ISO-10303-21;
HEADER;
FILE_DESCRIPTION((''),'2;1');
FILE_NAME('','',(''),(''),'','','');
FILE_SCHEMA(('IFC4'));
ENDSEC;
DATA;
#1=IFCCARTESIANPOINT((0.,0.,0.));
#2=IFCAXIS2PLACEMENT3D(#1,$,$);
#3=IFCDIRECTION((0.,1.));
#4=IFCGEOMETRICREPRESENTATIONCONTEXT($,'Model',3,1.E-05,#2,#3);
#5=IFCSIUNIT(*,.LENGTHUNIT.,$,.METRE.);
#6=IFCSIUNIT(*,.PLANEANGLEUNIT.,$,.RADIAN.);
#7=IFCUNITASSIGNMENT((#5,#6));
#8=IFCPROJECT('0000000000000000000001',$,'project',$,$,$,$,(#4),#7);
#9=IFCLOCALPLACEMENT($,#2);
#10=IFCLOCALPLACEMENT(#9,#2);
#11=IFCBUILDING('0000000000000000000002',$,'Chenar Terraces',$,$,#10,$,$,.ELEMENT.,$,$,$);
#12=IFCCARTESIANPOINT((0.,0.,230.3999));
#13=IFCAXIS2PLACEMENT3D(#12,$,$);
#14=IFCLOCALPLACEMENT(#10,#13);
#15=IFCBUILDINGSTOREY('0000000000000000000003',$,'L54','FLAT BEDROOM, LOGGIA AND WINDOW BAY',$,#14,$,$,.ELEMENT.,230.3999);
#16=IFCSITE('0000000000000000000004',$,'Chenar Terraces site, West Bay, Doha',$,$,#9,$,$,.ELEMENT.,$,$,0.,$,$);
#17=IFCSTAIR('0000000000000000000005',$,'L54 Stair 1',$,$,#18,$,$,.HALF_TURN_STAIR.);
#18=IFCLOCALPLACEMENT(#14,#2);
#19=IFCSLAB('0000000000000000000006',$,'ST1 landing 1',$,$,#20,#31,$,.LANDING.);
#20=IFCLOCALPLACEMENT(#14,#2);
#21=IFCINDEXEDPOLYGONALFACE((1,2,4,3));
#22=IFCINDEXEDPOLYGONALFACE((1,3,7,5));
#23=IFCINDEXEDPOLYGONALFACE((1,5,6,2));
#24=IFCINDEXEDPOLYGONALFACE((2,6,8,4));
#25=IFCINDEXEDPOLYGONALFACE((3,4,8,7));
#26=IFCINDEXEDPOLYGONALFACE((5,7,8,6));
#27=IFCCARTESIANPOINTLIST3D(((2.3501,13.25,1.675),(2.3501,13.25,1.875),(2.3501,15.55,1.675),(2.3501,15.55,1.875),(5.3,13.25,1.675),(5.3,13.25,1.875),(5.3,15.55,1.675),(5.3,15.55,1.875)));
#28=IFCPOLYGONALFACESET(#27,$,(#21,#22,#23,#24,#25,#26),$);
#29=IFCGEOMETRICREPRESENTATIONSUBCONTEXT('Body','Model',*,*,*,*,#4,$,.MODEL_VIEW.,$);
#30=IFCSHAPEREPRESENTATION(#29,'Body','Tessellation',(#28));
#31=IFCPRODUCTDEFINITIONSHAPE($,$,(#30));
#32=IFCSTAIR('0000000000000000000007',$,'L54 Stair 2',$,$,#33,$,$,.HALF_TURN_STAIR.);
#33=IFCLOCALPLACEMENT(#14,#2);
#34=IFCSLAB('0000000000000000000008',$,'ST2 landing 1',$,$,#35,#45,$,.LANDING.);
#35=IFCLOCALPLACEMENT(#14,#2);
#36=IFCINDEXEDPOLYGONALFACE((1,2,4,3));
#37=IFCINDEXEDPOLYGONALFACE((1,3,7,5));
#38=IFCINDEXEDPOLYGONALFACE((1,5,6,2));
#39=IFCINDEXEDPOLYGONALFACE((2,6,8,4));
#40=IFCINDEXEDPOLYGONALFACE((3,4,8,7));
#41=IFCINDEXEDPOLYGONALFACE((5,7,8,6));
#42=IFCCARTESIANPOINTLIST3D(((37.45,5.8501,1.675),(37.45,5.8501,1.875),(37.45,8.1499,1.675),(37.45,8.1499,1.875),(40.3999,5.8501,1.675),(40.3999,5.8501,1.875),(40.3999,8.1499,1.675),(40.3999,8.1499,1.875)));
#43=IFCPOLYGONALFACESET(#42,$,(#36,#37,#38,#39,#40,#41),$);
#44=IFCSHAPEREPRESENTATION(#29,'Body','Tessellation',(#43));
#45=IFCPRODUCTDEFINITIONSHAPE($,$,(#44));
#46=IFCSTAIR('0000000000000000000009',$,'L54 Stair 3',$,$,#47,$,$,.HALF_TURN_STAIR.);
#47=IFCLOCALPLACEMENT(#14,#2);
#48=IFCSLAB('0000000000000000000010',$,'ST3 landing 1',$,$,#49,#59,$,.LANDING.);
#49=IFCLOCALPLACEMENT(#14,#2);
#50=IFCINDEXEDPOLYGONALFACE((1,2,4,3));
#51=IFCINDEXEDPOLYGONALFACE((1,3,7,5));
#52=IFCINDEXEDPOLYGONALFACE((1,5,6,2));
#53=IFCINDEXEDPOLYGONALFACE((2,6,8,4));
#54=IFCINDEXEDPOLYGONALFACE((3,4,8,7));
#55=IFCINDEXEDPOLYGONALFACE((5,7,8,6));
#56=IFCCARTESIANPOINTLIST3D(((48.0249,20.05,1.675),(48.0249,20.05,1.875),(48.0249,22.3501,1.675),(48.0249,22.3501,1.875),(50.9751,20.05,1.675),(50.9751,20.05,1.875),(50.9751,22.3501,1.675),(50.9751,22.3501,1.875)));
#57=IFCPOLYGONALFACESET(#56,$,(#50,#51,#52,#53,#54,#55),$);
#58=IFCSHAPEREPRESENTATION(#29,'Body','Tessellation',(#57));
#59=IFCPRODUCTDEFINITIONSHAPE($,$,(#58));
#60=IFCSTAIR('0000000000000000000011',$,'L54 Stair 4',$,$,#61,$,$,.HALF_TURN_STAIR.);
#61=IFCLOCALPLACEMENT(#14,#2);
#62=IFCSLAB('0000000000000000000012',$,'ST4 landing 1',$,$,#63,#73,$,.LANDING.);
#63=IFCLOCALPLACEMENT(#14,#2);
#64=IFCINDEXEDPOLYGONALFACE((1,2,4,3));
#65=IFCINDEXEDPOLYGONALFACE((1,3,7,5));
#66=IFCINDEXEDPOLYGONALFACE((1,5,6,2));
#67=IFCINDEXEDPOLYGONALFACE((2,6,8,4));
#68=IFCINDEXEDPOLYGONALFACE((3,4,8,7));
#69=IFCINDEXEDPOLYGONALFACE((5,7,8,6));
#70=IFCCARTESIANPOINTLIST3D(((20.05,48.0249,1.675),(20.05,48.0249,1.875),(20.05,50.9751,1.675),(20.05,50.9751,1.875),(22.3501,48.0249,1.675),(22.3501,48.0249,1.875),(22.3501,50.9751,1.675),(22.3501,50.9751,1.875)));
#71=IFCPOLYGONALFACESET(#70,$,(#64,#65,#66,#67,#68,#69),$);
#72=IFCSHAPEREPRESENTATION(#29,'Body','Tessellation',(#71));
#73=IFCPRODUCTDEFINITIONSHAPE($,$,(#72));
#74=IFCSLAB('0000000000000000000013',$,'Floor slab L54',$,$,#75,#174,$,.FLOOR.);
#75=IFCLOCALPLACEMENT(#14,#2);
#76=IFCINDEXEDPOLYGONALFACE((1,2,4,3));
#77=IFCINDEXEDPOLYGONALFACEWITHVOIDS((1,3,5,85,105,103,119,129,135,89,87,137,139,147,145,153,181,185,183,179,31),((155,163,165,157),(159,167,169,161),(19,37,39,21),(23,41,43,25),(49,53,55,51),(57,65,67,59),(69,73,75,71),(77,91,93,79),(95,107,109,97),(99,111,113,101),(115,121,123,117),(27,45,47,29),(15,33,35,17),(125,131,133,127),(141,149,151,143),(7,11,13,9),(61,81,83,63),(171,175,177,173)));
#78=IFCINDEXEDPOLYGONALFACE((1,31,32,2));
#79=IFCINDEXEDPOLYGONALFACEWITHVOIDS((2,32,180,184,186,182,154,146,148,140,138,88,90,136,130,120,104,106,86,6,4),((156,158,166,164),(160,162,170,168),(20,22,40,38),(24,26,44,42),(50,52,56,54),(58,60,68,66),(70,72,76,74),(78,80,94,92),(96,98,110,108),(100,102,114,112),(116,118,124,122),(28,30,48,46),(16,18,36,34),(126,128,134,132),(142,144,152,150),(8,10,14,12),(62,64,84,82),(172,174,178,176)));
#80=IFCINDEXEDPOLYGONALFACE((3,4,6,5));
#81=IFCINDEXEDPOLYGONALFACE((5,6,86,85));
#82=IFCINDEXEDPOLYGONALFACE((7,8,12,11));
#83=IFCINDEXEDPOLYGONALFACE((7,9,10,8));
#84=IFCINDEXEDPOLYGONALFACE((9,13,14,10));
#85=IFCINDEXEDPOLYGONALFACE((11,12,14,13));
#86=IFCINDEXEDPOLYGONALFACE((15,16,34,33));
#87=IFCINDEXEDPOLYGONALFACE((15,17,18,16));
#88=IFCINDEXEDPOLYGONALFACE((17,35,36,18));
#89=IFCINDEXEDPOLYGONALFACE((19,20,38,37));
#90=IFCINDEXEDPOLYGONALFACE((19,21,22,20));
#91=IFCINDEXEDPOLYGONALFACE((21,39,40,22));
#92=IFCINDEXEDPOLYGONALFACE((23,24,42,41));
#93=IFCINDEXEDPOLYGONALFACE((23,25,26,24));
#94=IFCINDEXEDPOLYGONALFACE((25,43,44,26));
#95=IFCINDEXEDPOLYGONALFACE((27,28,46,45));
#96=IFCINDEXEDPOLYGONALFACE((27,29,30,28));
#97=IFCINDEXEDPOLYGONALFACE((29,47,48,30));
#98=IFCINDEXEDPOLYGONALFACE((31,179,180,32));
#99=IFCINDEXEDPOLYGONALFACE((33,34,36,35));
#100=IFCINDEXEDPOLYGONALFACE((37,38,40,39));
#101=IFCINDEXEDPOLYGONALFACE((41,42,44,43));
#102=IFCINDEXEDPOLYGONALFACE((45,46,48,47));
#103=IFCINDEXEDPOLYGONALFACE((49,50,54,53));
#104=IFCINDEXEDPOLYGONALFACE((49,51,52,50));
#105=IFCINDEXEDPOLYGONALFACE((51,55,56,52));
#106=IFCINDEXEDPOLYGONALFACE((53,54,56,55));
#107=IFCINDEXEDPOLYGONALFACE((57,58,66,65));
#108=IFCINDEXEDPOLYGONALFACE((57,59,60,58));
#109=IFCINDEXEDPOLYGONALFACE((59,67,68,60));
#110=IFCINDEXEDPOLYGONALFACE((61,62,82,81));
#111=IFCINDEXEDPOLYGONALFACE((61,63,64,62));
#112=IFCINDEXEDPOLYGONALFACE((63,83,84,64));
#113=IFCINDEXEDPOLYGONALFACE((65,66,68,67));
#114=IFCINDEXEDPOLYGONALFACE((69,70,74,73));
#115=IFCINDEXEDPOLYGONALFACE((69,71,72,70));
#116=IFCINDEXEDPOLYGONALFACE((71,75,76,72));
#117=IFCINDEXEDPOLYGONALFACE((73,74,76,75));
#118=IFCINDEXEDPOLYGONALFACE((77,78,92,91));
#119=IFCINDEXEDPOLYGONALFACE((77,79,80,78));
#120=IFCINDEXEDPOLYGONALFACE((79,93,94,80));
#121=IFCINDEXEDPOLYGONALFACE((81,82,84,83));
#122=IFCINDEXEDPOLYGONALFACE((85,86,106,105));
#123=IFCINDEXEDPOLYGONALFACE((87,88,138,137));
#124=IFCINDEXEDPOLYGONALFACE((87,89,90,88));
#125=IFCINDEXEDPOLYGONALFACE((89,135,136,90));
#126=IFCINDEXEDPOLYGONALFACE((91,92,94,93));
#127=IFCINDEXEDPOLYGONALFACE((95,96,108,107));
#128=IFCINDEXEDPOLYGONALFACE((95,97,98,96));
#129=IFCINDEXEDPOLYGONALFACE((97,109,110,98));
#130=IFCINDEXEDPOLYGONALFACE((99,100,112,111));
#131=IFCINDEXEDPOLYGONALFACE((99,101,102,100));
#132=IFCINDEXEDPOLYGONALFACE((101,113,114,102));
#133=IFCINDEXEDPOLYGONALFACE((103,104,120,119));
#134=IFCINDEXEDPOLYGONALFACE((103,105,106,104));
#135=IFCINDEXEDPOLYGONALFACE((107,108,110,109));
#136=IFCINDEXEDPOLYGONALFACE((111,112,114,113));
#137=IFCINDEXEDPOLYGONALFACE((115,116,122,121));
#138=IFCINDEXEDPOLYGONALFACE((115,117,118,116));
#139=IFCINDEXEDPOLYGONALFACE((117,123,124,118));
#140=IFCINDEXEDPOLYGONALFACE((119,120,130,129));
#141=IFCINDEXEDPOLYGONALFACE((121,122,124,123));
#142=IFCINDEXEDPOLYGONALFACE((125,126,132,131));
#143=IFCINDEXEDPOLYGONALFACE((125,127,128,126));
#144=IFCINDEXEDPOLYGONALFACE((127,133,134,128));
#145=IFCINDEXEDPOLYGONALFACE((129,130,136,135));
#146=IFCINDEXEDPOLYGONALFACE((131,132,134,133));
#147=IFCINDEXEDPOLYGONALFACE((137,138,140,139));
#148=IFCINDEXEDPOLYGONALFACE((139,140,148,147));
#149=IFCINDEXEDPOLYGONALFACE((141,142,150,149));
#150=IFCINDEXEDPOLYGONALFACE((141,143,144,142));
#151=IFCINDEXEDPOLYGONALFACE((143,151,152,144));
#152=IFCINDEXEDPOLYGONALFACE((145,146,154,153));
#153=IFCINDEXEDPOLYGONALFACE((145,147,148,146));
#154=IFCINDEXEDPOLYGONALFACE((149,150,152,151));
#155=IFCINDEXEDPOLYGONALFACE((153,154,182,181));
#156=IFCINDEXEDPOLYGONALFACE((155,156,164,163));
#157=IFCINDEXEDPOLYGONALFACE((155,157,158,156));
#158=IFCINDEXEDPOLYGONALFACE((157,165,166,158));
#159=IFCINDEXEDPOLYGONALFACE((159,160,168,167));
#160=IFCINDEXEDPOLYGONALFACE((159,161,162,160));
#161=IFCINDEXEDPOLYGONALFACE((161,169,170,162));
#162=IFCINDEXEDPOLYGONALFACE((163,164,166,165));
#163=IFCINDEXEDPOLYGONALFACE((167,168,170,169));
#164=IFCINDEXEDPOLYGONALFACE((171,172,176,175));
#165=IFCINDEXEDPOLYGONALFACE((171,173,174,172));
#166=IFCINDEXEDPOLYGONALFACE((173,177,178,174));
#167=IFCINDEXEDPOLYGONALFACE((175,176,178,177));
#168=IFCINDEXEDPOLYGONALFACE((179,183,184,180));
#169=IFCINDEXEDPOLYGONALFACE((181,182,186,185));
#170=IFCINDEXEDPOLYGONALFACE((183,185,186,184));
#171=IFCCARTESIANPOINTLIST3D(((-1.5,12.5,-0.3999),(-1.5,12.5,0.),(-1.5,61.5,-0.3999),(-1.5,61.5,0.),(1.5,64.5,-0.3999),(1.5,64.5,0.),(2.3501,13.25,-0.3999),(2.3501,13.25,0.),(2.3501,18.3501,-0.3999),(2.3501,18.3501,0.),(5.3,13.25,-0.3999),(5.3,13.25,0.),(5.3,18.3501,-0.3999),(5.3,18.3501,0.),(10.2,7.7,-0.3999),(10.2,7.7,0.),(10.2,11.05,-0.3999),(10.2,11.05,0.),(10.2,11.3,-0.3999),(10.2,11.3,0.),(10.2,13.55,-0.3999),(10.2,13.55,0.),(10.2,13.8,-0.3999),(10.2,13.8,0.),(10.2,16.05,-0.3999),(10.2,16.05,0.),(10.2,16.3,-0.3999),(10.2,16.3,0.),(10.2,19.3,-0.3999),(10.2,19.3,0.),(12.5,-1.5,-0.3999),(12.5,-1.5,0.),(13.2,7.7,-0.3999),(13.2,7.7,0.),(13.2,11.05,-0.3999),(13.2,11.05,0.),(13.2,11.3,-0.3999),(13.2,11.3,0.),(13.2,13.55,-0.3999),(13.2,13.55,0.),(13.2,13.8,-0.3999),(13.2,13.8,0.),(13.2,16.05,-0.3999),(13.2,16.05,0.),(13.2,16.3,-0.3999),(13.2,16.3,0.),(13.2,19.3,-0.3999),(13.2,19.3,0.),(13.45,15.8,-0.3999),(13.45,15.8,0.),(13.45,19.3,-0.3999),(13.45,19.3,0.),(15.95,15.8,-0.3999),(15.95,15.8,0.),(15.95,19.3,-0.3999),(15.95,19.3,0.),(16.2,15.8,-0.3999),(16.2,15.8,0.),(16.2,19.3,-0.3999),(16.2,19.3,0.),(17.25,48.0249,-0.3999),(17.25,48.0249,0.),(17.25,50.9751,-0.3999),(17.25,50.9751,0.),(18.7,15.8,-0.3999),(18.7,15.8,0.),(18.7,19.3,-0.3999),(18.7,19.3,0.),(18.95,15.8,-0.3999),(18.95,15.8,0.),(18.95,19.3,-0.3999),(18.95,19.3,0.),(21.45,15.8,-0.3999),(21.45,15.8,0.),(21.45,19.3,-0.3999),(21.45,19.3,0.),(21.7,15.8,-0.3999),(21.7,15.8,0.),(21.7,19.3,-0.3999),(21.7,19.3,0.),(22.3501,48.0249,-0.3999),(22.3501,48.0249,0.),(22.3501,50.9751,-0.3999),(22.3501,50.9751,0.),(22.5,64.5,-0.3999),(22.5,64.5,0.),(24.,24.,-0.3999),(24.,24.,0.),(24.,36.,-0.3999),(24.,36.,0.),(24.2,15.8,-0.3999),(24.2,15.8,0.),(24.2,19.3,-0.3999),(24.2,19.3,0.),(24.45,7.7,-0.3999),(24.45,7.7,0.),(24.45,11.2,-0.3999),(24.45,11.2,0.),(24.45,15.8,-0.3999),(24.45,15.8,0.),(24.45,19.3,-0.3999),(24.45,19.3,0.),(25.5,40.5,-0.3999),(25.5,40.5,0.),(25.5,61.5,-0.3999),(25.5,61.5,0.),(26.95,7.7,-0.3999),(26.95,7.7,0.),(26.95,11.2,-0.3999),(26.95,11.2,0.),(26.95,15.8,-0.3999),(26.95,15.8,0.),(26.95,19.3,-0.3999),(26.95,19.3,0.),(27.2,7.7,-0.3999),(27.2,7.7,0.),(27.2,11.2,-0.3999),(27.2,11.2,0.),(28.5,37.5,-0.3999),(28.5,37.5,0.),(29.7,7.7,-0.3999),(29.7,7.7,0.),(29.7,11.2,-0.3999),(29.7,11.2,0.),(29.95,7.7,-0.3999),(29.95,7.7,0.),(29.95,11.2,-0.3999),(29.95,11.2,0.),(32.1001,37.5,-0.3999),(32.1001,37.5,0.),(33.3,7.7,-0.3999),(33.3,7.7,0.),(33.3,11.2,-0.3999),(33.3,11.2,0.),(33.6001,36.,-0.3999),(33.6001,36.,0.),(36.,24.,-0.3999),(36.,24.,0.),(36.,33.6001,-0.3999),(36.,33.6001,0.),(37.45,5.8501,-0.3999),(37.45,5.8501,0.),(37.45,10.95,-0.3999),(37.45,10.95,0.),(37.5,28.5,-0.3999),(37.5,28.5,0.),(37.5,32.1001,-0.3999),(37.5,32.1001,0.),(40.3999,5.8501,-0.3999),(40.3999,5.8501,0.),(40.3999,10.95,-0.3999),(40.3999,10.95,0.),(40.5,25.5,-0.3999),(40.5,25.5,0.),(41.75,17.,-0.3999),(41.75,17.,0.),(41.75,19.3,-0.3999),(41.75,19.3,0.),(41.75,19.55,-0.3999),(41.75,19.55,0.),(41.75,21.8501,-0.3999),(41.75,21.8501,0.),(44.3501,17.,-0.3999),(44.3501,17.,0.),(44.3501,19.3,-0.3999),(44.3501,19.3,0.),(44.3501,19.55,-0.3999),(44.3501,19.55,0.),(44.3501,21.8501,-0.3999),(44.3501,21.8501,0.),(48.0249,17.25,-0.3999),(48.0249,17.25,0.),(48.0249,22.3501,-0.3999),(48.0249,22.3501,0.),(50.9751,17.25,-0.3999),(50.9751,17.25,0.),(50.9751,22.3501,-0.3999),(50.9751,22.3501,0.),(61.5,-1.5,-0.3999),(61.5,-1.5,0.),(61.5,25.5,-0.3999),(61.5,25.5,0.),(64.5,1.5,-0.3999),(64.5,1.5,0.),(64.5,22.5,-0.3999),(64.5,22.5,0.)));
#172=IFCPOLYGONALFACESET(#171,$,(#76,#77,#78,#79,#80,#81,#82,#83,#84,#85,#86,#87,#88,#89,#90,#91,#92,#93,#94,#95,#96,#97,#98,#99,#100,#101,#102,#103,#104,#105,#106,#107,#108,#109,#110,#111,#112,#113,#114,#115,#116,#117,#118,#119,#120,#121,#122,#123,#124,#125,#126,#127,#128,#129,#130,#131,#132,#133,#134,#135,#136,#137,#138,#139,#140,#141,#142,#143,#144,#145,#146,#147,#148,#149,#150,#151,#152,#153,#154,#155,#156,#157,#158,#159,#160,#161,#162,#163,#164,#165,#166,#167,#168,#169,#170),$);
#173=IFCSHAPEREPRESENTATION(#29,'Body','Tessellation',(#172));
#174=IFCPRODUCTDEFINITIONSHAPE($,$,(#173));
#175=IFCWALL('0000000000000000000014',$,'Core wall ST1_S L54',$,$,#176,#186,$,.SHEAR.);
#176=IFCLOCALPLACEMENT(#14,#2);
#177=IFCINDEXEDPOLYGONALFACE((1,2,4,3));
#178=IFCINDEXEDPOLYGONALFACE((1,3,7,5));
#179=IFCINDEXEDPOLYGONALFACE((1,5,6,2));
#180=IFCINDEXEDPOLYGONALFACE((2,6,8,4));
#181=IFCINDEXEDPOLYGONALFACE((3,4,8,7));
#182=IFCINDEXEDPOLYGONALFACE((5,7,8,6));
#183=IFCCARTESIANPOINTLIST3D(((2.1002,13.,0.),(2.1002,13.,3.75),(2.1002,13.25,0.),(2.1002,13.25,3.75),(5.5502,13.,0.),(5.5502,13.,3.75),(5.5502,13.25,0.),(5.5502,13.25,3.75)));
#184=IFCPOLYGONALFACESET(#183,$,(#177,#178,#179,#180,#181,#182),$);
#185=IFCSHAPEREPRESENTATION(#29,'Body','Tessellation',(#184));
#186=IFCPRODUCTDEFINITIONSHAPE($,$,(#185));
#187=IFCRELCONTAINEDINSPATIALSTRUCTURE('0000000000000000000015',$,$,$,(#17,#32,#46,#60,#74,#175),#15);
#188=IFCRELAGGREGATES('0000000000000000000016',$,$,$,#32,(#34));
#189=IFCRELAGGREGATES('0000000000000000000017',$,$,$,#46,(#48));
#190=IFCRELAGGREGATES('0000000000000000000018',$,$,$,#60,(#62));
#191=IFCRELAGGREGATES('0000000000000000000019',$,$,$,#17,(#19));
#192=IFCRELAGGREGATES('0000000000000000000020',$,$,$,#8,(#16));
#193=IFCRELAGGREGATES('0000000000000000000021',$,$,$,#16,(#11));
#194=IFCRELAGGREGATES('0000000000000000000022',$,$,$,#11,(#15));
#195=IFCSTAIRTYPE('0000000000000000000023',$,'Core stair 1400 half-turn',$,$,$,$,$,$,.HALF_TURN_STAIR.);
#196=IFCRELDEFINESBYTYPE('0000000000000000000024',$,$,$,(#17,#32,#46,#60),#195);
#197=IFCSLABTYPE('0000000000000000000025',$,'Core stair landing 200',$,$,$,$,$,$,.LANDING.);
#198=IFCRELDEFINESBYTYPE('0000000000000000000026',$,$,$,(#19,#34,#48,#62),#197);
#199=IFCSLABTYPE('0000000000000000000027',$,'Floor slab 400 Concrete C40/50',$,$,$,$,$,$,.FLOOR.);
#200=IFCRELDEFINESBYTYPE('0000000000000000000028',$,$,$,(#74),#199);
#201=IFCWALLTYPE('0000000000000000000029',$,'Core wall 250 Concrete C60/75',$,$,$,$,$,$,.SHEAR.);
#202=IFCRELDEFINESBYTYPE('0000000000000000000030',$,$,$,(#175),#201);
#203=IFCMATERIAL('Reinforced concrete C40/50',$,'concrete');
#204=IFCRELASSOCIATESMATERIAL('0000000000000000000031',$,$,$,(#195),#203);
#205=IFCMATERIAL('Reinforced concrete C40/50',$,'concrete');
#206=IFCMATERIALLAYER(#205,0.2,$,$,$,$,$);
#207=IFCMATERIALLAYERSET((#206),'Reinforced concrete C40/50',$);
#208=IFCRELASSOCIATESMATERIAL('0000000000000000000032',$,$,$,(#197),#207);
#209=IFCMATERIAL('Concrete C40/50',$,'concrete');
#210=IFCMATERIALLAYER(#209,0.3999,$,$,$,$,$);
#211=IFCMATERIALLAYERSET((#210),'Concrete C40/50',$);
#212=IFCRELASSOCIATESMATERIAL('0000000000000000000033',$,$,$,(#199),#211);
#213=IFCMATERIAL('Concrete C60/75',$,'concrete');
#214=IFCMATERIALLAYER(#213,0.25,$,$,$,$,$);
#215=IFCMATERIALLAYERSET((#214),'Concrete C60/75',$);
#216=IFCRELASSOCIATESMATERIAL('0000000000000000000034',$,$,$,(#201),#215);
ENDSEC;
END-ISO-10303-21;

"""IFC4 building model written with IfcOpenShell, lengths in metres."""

from ifc_helpers import new_model, si_unit, direction, frame, frame_2d, origin, place, context, subcontext, project, spatial, polyline, rectangle, outline, extrude, material, layer, layer_set, type_object, element, aggregate, save


model = new_model("IFC4")

# Units and contexts
model_context = context("Model", 3, precision=1e-05, world=origin(), true_north=direction((0.0, 1.0)))
body_context = subcontext(model_context, "Body", "Model", "MODEL_VIEW")
ifc_project = project(units=[si_unit("LENGTHUNIT", "METRE"), si_unit("PLANEANGLEUNIT", "RADIAN")], contexts=[model_context])

# Site, building, storey
site_placement = place(None, origin())
site = spatial("IfcSite", under=ifc_project, at=site_placement, Name="Chenar Terraces site, West Bay, Doha", CompositionType="ELEMENT", RefElevation=0.0)
building_placement = place(site_placement, origin())
building = spatial("IfcBuilding", under=site, at=building_placement, Name="Chenar Terraces", CompositionType="ELEMENT")
storey_placement = place(building_placement, frame((0.0, 0.0, 230.3999)))
storey = spatial("IfcBuildingStorey", under=building, at=storey_placement, Name="L54", Description="FLAT BEDROOM, LOGGIA AND WINDOW BAY", CompositionType="ELEMENT", Elevation=230.3999)

# Stairs, slabs
ifc_material_1 = material(Name="Reinforced concrete C40/50", Category="concrete")
stair_type = type_object("IfcStairType", Name="Core stair 1400 half-turn", PredefinedType="HALF_TURN_STAIR", material=ifc_material_1)
placement_1 = place(storey_placement, origin())
stair_1 = element("IfcStair", 1, at=placement_1, inside=storey, type_object=stair_type, Name="L54 Stair 1", PredefinedType="HALF_TURN_STAIR")
ifc_material_2 = material(Name="Reinforced concrete C40/50", Category="concrete")
ifc_layer_1 = layer(ifc_material_2, 0.2)
ifc_layer_set_1 = layer_set([ifc_layer_1], Name="Reinforced concrete C40/50")
slab_type_1 = type_object("IfcSlabType", Name="Core stair landing 200", PredefinedType="LANDING", material=ifc_layer_set_1)
placement_2 = place(storey_placement, frame((0.0, 0.0, 1.675)))
slab_1 = element("IfcSlab", 2, at=placement_2, type_object=slab_type_1, Name="ST1 landing 1", PredefinedType="LANDING", context=body_context, shape_type="SweptSolid", body=[
    extrude(outline(polyline([(2.3501, 15.55), (2.3501, 13.25), (5.3, 13.25), (5.3, 15.55), (2.3501, 15.55)])), origin(), (0.0, 0.0, 1.0), 0.2),
])
stair_2 = element("IfcStair", 3, at=placement_1, inside=storey, type_object=stair_type, Name="L54 Stair 2", PredefinedType="HALF_TURN_STAIR")
slab_2 = element("IfcSlab", 4, at=placement_2, type_object=slab_type_1, Name="ST2 landing 1", PredefinedType="LANDING", context=body_context, shape_type="SweptSolid", body=[
    extrude(outline(polyline([(37.45, 8.1499), (37.45, 5.8501), (40.3999, 5.8501), (40.3999, 8.1499), (37.45, 8.1499)])), origin(), (0.0, 0.0, 1.0), 0.2),
])
aggregate(stair_2, [slab_2])
stair_3 = element("IfcStair", 5, at=placement_1, inside=storey, type_object=stair_type, Name="L54 Stair 3", PredefinedType="HALF_TURN_STAIR")
slab_3 = element("IfcSlab", 6, at=placement_2, type_object=slab_type_1, Name="ST3 landing 1", PredefinedType="LANDING", context=body_context, shape_type="SweptSolid", body=[
    extrude(outline(polyline([(50.9751, 20.05), (50.9751, 22.3501), (48.0249, 22.3501), (48.0249, 20.05), (50.9751, 20.05)])), origin(), (0.0, 0.0, 1.0), 0.2),
])
aggregate(stair_3, [slab_3])
stair_4 = element("IfcStair", 7, at=placement_1, inside=storey, type_object=stair_type, Name="L54 Stair 4", PredefinedType="HALF_TURN_STAIR")
slab_4 = element("IfcSlab", 8, at=placement_2, type_object=slab_type_1, Name="ST4 landing 1", PredefinedType="LANDING", context=body_context, shape_type="SweptSolid", body=[
    extrude(outline(polyline([(20.05, 48.0249), (22.3501, 48.0249), (22.3501, 50.9751), (20.05, 50.9751), (20.05, 48.0249)])), origin(), (0.0, 0.0, 1.0), 0.2),
])
aggregate(stair_4, [slab_4])

# Slab
ifc_material_3 = material(Name="Concrete C40/50", Category="concrete")
ifc_layer_2 = layer(ifc_material_3, 0.3999)
ifc_layer_set_2 = layer_set([ifc_layer_2], Name="Concrete C40/50")
slab_type_2 = type_object("IfcSlabType", Name="Floor slab 400 Concrete C40/50", PredefinedType="FLOOR", material=ifc_layer_set_2)
slab_5_placement = place(storey_placement, frame((0.0, 0.0, -0.3999)))
element("IfcSlab", 9, at=slab_5_placement, inside=storey, type_object=slab_type_2, Name="Floor slab L54", PredefinedType="FLOOR", context=body_context, shape_type="SweptSolid", body=[
    extrude(outline(polyline([(64.5, 22.5), (64.5, 1.5), (61.5, -1.5), (12.5, -1.5), (-1.5, 12.5), (-1.5, 61.5), (1.5, 64.5), (22.5, 64.5), (25.5, 61.5), (25.5, 40.5), (28.5, 37.5), (32.1001, 37.5), (33.6001, 36.0), (24.0, 36.0), (24.0, 24.0), (36.0, 24.0), (36.0, 33.6001), (37.5, 32.1001), (37.5, 28.5), (40.5, 25.5), (61.5, 25.5), (64.5, 22.5)]), holes=[polyline([(13.2, 11.05), (10.2, 11.05), (10.2, 7.7), (13.2, 7.7), (13.2, 11.05)]), polyline([(13.2, 13.55), (10.2, 13.55), (10.2, 11.3), (13.2, 11.3), (13.2, 13.55)]), polyline([(13.2, 16.05), (10.2, 16.05), (10.2, 13.8), (13.2, 13.8), (13.2, 16.05)]), polyline([(2.3501, 13.25), (5.3, 13.25), (5.3, 18.3501), (2.3501, 18.3501), (2.3501, 13.25)]), polyline([(15.95, 19.3), (13.45, 19.3), (13.45, 15.8), (15.95, 15.8), (15.95, 19.3)]), polyline([(18.7, 19.3), (16.2, 19.3), (16.2, 15.8), (18.7, 15.8), (18.7, 19.3)]), polyline([(21.45, 19.3), (18.95, 19.3), (18.95, 15.8), (21.45, 15.8), (21.45, 19.3)]), polyline([(24.2, 15.8), (24.2, 19.3), (21.7, 19.3), (21.7, 15.8), (24.2, 15.8)]), polyline([(13.2, 16.3), (13.2, 19.3), (10.2, 19.3), (10.2, 16.3), (13.2, 16.3)]), polyline([(22.3501, 48.0249), (22.3501, 50.9751), (17.25, 50.9751), (17.25, 48.0249), (22.3501, 48.0249)]), polyline([(37.45, 5.8501), (40.3999, 5.8501), (40.3999, 10.95), (37.45, 10.95), (37.45, 5.8501)]), polyline([(26.95, 11.2), (24.45, 11.2), (24.45, 7.7), (26.95, 7.7), (26.95, 11.2)]), polyline([(29.7, 7.7), (29.7, 11.2), (27.2, 11.2), (27.2, 7.7), (29.7, 7.7)]), polyline([(33.3, 7.7), (33.3, 11.2), (29.95, 11.2), (29.95, 7.7), (33.3, 7.7)]), polyline([(26.95, 19.3), (24.45, 19.3), (24.45, 15.8), (26.95, 15.8), (26.95, 19.3)]), polyline([(44.3501, 19.3), (41.75, 19.3), (41.75, 17.0), (44.3501, 17.0), (44.3501, 19.3)]), polyline([(50.9751, 22.3501), (48.0249, 22.3501), (48.0249, 17.25), (50.9751, 17.25), (50.9751, 22.3501)]), polyline([(44.3501, 19.55), (44.3501, 21.8501), (41.75, 21.8501), (41.75, 19.55), (44.3501, 19.55)])]), origin(), (0.0, 0.0, 1.0), 0.3999),
])

# Wall
ifc_material_4 = material(Name="Concrete C60/75", Category="concrete")
ifc_layer_3 = layer(ifc_material_4, 0.25)
ifc_layer_set_3 = layer_set([ifc_layer_3], Name="Concrete C60/75")
wall_type_1 = type_object("IfcWallType", Name="Core wall 250 Concrete C60/75", PredefinedType="SHEAR", material=ifc_layer_set_3)
wall_1_placement = place(storey_placement, frame((2.1001, 13.125, 0.0), z_axis=(0.0, 0.0, 1.0), x_axis=(1.0, 0.0, 0.0)))
element("IfcWall", 10, at=wall_1_placement, inside=storey, type_object=wall_type_1, Name="Core wall ST1_S L54", PredefinedType="SHEAR", context=body_context, shape_type="SweptSolid", body=[
    extrude(rectangle(XDim=3.45, YDim=0.25, at=frame_2d((1.7251, 0.0))), origin(), (0.0, 0.0, 1.0), 3.75),
])

aggregate(stair_1, [slab_1])

save(model, "model.ifc")
